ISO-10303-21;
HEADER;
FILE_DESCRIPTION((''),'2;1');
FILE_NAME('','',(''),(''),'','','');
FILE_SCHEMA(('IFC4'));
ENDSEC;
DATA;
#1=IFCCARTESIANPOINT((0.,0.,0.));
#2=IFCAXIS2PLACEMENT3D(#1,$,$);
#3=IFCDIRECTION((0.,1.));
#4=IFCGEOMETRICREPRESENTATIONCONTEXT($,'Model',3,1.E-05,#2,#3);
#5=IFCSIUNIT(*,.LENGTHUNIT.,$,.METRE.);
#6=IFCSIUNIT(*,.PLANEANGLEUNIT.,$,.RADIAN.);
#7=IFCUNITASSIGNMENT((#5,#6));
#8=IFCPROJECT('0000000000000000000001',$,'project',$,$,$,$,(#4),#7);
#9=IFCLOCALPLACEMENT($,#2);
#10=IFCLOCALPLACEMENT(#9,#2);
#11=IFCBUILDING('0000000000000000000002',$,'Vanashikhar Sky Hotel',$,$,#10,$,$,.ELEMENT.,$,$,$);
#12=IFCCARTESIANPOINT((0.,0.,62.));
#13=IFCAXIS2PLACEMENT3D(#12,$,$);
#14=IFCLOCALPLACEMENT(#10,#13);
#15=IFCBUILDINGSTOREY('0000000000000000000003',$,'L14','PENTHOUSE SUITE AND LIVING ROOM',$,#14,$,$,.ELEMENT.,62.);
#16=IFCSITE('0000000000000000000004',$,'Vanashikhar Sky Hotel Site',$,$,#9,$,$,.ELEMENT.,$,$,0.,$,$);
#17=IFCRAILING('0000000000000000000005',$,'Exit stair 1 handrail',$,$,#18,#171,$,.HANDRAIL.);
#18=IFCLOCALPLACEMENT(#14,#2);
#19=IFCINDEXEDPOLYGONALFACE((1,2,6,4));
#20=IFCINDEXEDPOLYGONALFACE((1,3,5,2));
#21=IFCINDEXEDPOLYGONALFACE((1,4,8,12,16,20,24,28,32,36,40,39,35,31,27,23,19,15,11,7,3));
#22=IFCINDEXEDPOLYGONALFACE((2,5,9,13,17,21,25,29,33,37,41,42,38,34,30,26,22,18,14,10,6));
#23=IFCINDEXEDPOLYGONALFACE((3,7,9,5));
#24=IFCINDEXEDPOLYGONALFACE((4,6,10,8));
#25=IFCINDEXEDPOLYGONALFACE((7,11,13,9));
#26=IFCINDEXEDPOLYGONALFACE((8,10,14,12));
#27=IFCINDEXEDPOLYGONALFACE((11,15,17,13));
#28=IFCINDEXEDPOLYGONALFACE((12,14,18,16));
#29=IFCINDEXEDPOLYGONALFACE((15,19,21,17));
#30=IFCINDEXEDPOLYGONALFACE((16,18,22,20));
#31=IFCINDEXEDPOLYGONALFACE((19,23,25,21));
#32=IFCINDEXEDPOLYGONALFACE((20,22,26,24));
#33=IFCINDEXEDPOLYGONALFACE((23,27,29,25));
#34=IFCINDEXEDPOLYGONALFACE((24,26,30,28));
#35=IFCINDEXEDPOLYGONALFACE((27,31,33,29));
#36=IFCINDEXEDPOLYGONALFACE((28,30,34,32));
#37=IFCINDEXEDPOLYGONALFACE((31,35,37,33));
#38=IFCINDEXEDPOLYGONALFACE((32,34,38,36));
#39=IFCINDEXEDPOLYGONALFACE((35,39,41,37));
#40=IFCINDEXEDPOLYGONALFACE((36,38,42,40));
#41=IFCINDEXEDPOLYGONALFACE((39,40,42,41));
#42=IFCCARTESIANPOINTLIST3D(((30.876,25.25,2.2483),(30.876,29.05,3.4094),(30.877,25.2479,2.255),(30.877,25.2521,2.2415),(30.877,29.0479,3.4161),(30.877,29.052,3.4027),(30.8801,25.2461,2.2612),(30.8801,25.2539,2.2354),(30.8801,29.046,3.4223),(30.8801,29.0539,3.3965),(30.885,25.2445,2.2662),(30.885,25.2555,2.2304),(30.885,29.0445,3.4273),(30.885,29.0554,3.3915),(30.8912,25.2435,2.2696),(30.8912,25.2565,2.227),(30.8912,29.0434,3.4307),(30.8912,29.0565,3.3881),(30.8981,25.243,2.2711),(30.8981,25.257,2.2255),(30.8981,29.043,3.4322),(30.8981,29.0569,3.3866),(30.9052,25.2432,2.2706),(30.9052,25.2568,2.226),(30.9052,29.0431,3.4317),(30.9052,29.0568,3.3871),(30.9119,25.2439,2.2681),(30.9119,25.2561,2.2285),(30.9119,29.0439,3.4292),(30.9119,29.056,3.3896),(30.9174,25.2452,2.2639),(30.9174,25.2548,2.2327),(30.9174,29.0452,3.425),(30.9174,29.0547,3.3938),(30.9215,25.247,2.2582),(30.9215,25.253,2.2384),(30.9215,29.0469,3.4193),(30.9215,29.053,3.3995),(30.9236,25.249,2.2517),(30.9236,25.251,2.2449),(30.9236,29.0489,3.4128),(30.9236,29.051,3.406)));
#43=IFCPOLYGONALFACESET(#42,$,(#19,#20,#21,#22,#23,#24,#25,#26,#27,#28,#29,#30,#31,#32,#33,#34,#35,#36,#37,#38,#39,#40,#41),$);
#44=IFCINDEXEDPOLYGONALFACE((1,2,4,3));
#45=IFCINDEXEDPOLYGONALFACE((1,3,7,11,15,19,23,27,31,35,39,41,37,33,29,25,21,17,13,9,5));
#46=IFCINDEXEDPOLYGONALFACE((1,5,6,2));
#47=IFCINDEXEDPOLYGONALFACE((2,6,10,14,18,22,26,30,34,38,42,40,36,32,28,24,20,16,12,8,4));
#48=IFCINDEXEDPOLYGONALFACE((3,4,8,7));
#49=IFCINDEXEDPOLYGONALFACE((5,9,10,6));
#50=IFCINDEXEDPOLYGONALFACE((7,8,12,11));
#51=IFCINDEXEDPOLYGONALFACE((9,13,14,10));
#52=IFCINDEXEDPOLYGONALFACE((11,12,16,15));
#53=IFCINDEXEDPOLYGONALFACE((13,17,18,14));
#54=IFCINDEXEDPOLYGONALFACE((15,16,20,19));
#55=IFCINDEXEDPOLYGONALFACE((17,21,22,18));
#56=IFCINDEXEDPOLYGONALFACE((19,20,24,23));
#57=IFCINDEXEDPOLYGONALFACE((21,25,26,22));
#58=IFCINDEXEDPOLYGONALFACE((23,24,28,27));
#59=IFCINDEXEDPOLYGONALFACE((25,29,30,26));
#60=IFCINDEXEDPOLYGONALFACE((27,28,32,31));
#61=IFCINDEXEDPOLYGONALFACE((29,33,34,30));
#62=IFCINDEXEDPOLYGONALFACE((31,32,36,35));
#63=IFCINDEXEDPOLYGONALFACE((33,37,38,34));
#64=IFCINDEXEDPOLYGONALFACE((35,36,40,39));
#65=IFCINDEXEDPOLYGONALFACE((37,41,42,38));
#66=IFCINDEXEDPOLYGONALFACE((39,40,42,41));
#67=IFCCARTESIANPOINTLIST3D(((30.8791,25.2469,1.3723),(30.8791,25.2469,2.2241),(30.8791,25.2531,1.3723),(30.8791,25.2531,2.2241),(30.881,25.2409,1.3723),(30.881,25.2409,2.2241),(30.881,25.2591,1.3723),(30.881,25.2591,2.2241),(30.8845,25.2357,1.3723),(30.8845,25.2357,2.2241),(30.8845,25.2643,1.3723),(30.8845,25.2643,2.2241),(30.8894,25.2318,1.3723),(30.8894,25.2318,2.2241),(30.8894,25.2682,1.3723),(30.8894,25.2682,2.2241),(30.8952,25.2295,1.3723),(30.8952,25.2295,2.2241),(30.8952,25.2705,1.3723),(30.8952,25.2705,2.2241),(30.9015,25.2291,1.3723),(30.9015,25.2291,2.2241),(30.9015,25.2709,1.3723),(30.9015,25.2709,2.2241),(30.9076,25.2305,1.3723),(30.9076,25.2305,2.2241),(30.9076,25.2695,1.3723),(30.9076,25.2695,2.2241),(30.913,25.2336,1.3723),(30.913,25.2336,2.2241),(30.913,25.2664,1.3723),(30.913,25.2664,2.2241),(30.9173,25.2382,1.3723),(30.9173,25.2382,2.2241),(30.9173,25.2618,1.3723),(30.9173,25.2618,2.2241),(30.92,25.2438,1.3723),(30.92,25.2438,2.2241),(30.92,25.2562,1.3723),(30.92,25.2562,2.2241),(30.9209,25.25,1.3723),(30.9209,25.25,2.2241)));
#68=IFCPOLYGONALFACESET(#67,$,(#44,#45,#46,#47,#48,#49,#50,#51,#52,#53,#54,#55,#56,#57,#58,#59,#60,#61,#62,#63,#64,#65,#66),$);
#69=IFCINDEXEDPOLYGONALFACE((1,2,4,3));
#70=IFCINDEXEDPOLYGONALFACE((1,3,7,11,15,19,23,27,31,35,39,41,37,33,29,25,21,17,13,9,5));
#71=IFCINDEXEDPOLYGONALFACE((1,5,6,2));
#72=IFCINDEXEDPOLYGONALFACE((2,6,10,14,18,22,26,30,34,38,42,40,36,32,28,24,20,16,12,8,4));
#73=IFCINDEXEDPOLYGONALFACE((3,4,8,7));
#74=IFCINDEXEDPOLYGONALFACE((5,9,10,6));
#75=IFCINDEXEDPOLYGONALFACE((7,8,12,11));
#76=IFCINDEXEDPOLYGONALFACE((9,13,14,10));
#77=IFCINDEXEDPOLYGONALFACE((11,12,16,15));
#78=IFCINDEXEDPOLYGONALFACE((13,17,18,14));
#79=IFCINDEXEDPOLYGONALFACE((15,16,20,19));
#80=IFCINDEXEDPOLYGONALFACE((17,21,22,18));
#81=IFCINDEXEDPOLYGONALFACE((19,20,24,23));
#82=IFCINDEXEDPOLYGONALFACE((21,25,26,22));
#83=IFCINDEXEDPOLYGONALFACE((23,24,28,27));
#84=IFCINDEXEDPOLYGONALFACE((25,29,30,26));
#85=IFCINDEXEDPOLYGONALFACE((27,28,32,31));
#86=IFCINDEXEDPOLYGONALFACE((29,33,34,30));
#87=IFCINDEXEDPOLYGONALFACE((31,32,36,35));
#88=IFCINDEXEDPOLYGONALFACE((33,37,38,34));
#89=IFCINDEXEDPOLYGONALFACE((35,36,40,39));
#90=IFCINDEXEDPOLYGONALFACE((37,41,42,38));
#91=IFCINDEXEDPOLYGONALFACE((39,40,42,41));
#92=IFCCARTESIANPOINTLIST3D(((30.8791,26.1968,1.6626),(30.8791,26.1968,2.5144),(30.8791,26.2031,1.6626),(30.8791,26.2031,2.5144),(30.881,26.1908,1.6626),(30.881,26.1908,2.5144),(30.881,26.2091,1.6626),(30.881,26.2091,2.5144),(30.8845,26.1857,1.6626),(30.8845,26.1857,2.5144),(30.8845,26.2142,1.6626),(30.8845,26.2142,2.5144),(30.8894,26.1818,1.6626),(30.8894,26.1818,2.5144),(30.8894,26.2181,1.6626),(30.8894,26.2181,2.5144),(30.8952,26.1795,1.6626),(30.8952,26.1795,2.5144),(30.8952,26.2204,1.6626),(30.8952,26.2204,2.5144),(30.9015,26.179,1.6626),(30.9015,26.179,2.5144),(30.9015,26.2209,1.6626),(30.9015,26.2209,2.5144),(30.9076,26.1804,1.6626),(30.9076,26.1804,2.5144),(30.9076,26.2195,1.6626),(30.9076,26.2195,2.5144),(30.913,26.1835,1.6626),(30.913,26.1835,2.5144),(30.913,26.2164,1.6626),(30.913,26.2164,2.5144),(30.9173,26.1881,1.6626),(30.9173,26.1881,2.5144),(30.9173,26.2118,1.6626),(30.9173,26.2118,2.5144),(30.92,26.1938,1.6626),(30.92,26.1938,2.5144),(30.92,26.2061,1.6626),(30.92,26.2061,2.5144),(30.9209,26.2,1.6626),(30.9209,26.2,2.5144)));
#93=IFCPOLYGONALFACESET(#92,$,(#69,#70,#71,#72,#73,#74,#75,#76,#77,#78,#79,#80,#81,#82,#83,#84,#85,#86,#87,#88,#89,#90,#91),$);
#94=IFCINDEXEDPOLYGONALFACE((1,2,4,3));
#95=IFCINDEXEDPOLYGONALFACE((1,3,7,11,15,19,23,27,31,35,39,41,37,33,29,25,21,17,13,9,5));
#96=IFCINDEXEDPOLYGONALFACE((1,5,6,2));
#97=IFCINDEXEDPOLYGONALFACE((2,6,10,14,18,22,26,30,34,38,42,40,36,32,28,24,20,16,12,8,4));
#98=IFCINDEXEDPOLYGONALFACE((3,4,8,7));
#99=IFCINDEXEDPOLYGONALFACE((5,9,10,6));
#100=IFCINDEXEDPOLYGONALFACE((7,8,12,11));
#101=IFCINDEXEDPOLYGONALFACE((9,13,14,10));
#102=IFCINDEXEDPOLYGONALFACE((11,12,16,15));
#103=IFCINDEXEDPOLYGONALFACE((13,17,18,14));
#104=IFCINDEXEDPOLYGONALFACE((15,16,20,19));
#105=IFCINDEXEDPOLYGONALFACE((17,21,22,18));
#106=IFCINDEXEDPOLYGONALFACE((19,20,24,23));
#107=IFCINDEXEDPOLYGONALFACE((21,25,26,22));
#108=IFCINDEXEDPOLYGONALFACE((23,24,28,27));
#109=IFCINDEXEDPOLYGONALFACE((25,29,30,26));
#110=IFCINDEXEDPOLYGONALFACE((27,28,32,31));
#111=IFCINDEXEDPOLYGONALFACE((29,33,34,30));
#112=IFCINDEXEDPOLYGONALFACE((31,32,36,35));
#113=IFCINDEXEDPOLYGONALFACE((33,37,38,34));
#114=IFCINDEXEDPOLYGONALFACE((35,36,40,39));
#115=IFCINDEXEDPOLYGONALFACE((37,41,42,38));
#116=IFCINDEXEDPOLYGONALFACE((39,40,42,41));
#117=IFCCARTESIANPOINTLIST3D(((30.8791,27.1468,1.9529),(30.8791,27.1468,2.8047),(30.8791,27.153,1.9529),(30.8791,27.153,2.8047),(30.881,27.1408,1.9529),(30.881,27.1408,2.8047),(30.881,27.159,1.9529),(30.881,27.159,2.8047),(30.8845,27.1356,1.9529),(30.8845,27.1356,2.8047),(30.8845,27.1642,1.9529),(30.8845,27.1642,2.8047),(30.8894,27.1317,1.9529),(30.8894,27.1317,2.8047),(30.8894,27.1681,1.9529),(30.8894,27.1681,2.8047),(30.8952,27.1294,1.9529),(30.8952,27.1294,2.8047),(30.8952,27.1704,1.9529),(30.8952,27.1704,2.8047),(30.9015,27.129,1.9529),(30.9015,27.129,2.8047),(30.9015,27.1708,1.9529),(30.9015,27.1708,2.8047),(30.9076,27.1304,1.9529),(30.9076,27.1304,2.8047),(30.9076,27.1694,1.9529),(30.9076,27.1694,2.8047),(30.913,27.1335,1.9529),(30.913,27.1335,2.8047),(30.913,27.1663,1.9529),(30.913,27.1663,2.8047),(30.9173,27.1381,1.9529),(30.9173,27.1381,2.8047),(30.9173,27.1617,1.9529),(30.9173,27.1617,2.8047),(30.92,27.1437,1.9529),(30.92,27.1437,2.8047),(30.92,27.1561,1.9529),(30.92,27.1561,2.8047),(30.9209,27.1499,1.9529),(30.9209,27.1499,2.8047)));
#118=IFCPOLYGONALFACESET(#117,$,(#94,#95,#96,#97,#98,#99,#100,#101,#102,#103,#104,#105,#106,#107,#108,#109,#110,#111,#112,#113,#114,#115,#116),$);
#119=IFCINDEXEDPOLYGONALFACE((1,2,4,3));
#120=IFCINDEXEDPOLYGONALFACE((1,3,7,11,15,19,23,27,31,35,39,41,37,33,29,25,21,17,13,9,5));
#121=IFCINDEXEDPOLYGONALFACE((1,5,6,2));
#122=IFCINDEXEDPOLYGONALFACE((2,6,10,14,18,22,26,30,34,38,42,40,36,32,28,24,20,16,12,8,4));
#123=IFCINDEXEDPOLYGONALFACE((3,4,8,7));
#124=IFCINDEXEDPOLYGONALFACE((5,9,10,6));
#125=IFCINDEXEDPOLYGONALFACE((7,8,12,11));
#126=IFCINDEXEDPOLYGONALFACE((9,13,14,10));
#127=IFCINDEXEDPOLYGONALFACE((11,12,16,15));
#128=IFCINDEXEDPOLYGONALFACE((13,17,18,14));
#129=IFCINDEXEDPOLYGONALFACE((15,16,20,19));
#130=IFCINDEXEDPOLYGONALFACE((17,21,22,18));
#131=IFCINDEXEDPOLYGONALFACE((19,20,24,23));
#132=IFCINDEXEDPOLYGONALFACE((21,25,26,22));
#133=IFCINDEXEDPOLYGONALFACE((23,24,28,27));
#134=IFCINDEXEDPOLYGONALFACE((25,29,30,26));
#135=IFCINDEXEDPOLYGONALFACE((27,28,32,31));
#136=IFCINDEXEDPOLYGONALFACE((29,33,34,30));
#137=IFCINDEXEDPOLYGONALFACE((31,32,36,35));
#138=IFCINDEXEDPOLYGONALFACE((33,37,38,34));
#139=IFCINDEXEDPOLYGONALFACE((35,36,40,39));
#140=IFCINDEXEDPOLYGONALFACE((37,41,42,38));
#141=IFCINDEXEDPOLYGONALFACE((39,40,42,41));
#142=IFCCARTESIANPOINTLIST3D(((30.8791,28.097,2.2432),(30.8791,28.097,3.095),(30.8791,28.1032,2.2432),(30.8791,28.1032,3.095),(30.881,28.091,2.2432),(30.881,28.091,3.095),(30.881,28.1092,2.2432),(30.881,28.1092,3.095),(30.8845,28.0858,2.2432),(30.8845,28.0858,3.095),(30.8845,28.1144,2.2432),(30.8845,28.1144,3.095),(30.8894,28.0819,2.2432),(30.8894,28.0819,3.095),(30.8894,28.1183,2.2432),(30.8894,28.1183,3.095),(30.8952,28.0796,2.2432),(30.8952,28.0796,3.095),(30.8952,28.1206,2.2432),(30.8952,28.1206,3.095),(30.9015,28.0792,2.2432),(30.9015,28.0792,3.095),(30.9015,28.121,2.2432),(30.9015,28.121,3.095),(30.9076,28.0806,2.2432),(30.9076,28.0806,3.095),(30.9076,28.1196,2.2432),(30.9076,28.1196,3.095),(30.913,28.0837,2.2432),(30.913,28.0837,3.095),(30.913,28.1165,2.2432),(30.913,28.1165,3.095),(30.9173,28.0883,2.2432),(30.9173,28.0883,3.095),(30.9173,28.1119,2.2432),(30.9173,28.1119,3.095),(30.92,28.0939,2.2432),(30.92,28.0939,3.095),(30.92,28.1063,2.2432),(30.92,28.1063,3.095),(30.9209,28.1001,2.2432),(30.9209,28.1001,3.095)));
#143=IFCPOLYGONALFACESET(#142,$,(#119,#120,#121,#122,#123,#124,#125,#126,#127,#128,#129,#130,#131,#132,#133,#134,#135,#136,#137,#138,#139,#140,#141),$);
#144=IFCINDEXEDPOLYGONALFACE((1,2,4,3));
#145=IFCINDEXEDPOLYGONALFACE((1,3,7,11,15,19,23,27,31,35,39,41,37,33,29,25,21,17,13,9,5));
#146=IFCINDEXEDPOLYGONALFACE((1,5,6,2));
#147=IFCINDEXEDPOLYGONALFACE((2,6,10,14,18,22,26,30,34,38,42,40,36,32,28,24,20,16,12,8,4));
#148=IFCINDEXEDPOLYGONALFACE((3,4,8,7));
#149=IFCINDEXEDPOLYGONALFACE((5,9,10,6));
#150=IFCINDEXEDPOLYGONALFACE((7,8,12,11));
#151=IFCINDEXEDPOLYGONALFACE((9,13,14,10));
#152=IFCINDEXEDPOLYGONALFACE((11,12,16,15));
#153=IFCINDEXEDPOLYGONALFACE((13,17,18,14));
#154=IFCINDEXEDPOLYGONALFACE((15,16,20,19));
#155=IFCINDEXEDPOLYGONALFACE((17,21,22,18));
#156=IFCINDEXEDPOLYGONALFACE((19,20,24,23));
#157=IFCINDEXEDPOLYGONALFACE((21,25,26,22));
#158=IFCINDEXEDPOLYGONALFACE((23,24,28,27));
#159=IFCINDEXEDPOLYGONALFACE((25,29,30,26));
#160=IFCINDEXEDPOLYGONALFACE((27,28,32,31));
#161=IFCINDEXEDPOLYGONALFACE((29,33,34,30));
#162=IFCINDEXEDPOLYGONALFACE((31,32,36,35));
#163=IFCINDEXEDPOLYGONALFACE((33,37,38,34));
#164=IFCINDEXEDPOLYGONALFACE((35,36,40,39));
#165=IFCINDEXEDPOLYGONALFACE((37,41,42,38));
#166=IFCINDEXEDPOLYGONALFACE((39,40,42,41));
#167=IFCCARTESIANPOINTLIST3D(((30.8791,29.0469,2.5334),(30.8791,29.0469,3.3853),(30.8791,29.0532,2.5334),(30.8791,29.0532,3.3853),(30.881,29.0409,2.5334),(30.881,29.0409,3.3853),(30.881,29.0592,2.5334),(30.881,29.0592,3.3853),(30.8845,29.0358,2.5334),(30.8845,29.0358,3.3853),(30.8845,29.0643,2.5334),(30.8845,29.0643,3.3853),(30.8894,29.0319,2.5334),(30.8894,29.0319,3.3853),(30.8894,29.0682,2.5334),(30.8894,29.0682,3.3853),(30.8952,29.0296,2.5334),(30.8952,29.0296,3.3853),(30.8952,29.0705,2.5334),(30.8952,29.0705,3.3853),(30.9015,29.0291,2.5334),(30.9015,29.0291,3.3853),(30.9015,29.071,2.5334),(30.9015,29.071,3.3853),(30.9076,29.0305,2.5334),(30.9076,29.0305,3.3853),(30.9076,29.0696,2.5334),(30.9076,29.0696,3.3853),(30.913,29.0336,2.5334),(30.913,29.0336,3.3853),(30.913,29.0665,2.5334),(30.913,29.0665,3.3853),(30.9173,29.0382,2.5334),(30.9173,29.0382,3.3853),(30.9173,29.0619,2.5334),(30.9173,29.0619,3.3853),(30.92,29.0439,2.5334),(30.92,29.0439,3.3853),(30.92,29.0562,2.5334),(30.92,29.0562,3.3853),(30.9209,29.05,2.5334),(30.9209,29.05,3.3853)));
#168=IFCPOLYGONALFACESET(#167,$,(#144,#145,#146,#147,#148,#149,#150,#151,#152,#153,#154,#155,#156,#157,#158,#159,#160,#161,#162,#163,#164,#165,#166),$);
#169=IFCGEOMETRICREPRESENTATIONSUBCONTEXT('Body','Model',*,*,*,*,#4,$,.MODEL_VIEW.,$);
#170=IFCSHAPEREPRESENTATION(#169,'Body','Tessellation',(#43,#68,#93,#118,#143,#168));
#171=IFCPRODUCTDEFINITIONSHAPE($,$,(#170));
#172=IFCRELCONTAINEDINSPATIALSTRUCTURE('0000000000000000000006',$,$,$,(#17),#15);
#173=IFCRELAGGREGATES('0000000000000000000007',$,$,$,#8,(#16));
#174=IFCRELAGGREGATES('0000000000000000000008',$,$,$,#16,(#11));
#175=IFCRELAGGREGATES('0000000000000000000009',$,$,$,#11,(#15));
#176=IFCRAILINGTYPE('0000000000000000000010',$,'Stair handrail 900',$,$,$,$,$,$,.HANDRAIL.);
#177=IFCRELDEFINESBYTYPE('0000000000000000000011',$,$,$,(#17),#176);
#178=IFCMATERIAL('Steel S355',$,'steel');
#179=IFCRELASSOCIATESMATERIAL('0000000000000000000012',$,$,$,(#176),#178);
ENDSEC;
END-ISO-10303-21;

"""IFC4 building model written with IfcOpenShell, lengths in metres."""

from ifc_helpers import new_model, si_unit, direction, frame, origin, origin_2d, place, context, subcontext, project, spatial, circle, extrude, source, transform, mapped, material, type_object, element, save


model = new_model("IFC4")

# Units and contexts
model_context = context("Model", 3, precision=1e-05, world=origin(), true_north=direction((0.0, 1.0)))
body_context = subcontext(model_context, "Body", "Model", "MODEL_VIEW")
ifc_project = project(units=[si_unit("LENGTHUNIT", "METRE"), si_unit("PLANEANGLEUNIT", "RADIAN")], contexts=[model_context])

# Site, building, storey
site_placement = place(None, origin())
site = spatial("IfcSite", under=ifc_project, at=site_placement, Name="Vanashikhar Sky Hotel Site", CompositionType="ELEMENT", RefElevation=0.0)
building_placement = place(site_placement, origin())
building = spatial("IfcBuilding", under=site, at=building_placement, Name="Vanashikhar Sky Hotel", CompositionType="ELEMENT")
storey_placement = place(building_placement, frame((0.0, 0.0, 62.0)))
storey = spatial("IfcBuildingStorey", under=building, at=storey_placement, Name="L14", Description="PENTHOUSE SUITE AND LIVING ROOM", CompositionType="ELEMENT", Elevation=62.0)

# Railing
ifc_material_1 = material(Name="Steel S355", Category="steel")
railing_type_1 = type_object("IfcRailingType", Name="Stair handrail 900", PredefinedType="HANDRAIL", material=ifc_material_1)
shared_shape_1 = source(origin(), body_context, "Body", "SweptSolid", [
    extrude(circle(Radius=0.0239, at=origin_2d()), frame((0.0, 0.0, 0.876), z_axis=(0.0, 0.956351, 0.29222), x_axis=(-1.0, 0.0, 0.0)), (0.0, 0.0, 1.0), 3.9734),
    extrude(circle(Radius=0.021, at=origin_2d()), origin(), (0.0, 0.0, 1.0), 0.8518),
    extrude(circle(Radius=0.021, at=origin_2d()), frame((0.0, 0.95, 0.2903)), (0.0, 0.0, 1.0), 0.8518),
    extrude(circle(Radius=0.021, at=origin_2d()), frame((0.0, 1.8999, 0.5806)), (0.0, 0.0, 1.0), 0.8518),
    extrude(circle(Radius=0.021, at=origin_2d()), frame((0.0, 2.8501, 0.8708)), (0.0, 0.0, 1.0), 0.8518),
    extrude(circle(Radius=0.021, at=origin_2d()), frame((0.0, 3.8, 1.1611)), (0.0, 0.0, 1.0), 0.8518),
])
railing_1_placement = place(storey_placement, frame((30.8999, 25.25, 1.3723)))
element("IfcRailing", 1, at=railing_1_placement, inside=storey, type_object=railing_type_1, Name="Exit stair 1 handrail", PredefinedType="HANDRAIL", context=body_context, shape_type="MappedRepresentation", body=[
    mapped(shared_shape_1, transform((0.0, 0.0, 0.0), scale=1.0)),
])

save(model, "model.ifc")
